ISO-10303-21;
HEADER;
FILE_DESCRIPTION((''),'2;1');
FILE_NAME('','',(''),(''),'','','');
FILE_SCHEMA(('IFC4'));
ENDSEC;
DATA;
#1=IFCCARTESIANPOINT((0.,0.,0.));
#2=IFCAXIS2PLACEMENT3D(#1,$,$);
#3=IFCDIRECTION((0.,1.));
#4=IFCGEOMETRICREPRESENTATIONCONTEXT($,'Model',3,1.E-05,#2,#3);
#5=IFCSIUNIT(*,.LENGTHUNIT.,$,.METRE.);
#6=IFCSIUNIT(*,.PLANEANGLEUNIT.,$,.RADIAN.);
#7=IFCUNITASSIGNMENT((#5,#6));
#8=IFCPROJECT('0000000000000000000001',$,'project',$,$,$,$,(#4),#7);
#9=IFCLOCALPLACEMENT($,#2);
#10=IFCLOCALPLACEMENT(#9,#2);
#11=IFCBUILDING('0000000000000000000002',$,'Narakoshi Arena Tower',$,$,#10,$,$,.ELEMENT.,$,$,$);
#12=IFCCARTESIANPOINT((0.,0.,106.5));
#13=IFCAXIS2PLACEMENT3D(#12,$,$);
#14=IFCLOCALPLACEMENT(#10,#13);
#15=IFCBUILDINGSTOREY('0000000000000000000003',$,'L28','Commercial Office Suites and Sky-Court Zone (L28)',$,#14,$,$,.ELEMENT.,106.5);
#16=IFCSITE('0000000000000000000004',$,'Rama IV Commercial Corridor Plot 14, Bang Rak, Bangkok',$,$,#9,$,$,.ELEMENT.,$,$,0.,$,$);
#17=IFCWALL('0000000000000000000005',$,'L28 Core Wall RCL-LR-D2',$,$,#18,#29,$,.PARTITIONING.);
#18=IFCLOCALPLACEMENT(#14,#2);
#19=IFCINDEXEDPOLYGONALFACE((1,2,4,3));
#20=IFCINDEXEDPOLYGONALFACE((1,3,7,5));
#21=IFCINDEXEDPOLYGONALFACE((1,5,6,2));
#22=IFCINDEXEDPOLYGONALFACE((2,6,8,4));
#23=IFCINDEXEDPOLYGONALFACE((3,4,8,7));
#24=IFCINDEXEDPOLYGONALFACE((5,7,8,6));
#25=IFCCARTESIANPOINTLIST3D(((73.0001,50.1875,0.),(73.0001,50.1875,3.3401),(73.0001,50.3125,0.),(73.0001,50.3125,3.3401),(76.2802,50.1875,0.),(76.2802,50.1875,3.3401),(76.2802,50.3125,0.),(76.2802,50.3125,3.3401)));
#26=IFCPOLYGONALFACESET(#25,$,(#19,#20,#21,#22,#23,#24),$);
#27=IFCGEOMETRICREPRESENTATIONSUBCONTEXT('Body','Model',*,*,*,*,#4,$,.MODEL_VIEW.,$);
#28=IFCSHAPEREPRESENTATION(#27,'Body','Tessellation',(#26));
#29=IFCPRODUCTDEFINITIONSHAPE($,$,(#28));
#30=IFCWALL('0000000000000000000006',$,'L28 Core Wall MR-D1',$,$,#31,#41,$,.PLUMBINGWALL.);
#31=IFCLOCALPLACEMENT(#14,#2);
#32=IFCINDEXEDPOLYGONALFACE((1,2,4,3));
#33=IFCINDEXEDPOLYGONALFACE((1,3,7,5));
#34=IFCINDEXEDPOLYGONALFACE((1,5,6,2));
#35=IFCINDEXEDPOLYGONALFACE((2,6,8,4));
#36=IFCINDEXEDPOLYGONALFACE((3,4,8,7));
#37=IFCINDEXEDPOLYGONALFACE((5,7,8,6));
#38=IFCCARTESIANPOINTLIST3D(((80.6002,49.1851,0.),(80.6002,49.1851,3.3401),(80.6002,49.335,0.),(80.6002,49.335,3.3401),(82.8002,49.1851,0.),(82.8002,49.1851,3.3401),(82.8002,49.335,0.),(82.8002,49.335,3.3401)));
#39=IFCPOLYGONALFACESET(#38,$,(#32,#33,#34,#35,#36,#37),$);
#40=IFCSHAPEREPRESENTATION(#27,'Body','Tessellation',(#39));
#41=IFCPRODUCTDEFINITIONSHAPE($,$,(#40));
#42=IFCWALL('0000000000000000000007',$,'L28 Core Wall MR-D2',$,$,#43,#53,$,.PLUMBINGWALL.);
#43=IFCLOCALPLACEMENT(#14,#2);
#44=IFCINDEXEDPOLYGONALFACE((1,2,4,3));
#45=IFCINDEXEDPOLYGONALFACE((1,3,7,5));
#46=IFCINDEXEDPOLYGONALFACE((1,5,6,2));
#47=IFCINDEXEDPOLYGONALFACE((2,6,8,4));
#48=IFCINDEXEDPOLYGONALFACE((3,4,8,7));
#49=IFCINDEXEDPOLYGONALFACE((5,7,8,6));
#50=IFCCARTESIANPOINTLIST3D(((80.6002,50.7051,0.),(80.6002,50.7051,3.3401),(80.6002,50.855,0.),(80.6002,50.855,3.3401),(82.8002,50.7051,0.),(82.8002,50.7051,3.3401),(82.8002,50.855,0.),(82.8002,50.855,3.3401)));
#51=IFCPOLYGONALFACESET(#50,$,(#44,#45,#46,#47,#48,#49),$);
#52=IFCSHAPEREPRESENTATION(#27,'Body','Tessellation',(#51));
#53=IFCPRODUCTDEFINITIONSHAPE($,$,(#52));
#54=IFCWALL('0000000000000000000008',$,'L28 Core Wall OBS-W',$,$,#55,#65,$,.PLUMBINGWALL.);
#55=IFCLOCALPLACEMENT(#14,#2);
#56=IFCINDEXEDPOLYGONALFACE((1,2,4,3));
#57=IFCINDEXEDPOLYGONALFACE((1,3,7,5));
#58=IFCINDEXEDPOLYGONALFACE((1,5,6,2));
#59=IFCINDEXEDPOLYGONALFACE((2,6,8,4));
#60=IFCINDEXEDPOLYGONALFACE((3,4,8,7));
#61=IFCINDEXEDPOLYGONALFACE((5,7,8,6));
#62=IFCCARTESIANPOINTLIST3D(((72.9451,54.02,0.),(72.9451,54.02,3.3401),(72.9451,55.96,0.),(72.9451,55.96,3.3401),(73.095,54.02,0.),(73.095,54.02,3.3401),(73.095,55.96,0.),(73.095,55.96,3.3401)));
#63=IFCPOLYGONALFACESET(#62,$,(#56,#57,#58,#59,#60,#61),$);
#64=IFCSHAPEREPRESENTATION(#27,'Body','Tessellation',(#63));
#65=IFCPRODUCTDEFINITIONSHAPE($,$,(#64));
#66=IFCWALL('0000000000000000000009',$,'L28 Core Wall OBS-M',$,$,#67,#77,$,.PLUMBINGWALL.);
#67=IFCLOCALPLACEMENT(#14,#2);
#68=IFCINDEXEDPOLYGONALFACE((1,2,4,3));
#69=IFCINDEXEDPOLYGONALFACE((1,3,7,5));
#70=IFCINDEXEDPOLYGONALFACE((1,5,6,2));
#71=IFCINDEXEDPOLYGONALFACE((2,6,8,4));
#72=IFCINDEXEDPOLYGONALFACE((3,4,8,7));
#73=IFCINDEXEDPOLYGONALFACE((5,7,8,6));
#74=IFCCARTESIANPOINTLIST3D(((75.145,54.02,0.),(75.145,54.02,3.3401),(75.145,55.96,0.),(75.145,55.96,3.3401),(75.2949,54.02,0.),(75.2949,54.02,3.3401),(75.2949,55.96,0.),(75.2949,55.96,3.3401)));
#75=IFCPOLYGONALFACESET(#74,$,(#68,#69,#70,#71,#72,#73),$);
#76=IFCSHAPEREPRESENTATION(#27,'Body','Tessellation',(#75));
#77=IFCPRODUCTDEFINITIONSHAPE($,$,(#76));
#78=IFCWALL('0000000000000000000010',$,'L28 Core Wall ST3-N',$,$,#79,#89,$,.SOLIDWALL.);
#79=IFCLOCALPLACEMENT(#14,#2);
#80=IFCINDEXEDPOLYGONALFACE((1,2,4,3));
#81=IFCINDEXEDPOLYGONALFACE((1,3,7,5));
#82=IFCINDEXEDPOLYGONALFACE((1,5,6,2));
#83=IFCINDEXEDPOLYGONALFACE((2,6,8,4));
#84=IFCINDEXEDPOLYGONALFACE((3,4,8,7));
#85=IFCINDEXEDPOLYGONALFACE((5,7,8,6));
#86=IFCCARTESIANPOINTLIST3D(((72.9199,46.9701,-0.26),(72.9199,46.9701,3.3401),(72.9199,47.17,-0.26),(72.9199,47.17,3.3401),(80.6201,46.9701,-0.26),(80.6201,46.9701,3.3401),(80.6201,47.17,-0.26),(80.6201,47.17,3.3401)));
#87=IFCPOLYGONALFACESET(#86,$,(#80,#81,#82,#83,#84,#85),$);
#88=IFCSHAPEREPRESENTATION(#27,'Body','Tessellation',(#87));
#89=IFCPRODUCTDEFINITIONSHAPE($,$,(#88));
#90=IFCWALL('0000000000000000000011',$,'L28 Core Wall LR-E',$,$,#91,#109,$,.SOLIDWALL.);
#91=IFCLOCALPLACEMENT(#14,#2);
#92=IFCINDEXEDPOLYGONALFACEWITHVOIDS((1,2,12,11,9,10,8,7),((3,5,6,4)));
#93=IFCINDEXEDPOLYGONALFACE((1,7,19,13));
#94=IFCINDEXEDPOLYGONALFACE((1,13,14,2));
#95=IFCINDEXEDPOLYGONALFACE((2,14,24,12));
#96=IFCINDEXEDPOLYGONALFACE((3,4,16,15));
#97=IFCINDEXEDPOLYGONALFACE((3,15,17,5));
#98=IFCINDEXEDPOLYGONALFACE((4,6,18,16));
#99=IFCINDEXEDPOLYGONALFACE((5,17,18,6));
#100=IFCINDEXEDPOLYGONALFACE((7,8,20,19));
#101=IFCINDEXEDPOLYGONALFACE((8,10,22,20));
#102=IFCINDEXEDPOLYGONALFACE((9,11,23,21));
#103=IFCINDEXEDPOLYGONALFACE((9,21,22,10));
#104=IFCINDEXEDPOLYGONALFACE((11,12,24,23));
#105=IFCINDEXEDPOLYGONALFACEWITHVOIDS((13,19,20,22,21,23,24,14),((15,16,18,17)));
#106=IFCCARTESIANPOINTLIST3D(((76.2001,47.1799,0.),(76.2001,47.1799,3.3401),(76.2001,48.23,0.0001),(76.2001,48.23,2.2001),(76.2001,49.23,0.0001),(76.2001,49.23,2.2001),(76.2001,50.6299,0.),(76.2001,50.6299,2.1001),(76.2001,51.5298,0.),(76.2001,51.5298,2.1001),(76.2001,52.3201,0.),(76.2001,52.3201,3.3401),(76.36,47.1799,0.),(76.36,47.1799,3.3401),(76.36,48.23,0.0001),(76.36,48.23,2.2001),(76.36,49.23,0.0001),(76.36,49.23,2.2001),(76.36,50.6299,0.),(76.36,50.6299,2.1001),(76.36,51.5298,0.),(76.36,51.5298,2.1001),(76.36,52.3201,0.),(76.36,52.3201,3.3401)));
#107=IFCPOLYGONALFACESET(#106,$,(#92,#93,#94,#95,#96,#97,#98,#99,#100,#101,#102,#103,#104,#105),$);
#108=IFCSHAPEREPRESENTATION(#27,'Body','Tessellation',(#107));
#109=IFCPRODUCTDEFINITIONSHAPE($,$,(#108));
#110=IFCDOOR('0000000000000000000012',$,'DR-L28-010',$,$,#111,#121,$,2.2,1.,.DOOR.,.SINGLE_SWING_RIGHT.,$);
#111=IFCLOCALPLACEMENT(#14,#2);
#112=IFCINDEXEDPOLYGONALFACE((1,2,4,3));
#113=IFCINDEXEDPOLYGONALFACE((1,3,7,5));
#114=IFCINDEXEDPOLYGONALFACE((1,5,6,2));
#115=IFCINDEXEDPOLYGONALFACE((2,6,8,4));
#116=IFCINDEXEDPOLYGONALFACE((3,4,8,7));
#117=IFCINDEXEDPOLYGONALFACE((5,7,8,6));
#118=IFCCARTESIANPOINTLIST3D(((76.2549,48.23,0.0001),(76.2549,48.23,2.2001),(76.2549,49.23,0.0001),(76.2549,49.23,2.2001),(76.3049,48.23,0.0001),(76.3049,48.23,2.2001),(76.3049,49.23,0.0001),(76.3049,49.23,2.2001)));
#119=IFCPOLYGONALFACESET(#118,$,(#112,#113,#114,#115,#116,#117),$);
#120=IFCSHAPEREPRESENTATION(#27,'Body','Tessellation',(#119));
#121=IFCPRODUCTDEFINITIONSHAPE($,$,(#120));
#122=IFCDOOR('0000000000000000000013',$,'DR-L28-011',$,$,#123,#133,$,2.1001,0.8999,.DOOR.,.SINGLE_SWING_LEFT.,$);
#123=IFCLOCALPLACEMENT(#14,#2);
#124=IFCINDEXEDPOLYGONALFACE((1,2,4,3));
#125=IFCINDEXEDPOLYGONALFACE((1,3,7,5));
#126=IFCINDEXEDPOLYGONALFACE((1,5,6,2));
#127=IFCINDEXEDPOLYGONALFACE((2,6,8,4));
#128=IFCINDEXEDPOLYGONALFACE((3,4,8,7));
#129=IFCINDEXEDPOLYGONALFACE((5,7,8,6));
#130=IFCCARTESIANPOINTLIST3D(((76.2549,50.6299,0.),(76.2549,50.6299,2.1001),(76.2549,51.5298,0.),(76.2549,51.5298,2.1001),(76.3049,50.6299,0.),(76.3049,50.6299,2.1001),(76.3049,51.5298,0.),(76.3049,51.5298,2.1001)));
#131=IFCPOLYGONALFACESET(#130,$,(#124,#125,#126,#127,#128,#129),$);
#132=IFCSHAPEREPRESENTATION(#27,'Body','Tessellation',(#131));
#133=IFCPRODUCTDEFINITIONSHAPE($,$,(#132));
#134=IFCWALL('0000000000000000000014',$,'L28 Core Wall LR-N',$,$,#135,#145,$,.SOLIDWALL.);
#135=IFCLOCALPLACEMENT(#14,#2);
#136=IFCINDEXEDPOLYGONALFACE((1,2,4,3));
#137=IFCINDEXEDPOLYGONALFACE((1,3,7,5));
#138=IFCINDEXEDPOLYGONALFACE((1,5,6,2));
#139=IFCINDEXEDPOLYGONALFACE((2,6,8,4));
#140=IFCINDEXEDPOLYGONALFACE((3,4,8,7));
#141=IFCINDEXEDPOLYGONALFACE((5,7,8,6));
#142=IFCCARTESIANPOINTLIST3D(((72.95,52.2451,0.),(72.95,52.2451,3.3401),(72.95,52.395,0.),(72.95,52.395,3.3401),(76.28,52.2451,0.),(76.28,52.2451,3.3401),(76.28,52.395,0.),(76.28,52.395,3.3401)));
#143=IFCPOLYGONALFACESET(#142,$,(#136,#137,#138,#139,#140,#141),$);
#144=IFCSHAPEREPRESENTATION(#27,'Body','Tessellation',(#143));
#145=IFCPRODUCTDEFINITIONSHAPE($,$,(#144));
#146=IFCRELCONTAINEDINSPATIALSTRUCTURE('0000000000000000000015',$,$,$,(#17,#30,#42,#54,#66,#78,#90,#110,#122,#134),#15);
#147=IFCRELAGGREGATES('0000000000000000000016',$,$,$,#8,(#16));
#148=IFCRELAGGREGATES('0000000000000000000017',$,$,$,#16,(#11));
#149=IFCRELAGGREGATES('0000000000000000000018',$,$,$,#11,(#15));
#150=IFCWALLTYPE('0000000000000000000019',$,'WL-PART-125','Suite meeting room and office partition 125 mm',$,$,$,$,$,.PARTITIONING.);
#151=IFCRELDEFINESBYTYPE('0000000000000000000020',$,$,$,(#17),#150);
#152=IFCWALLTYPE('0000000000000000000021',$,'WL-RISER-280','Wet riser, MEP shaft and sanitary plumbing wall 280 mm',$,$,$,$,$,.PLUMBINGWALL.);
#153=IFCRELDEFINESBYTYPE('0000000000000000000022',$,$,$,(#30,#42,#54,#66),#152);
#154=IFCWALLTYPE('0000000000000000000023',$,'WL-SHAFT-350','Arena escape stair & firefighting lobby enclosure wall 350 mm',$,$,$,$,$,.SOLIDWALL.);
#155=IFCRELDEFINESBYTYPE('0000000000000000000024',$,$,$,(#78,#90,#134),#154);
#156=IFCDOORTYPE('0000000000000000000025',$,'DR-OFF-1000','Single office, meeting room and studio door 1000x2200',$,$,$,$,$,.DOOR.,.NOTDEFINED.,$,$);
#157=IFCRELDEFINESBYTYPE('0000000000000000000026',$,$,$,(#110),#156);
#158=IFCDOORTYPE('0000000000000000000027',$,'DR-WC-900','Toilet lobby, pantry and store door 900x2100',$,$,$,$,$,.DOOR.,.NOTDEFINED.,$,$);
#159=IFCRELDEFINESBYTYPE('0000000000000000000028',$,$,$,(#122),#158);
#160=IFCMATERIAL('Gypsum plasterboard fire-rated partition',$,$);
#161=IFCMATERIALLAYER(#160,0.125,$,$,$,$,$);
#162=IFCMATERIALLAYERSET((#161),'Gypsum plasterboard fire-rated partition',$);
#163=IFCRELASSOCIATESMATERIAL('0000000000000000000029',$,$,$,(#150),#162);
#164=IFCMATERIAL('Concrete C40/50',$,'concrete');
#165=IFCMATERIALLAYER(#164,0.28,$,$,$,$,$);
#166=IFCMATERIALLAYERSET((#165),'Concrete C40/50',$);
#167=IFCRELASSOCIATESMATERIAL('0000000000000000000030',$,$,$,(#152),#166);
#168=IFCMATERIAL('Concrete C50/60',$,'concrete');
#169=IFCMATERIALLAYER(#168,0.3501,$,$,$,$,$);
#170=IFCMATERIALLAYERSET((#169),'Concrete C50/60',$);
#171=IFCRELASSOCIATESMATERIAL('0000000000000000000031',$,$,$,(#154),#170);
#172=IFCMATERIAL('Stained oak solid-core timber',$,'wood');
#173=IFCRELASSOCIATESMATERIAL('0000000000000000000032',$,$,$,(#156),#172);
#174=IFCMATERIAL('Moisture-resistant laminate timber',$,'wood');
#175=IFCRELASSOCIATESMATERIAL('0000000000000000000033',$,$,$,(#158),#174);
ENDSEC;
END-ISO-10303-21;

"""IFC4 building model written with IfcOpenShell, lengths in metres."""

from ifc_helpers import new_model, si_unit, direction, frame, frame_2d, origin, place, context, subcontext, project, spatial, rectangle, extrude, material, layer, layer_set, type_object, element, fill, save


model = new_model("IFC4")

# Units and contexts
model_context = context("Model", 3, precision=1e-05, world=origin(), true_north=direction((0.0, 1.0)))
body_context = subcontext(model_context, "Body", "Model", "MODEL_VIEW")
ifc_project = project(units=[si_unit("LENGTHUNIT", "METRE"), si_unit("PLANEANGLEUNIT", "RADIAN")], contexts=[model_context])

# Site, building, storey
site_placement = place(None, origin())
site = spatial("IfcSite", under=ifc_project, at=site_placement, Name="Rama IV Commercial Corridor Plot 14, Bang Rak, Bangkok", CompositionType="ELEMENT", RefElevation=0.0)
building_placement = place(site_placement, origin())
building = spatial("IfcBuilding", under=site, at=building_placement, Name="Narakoshi Arena Tower", CompositionType="ELEMENT")
storey_placement = place(building_placement, frame((0.0, 0.0, 106.5)))
storey = spatial("IfcBuildingStorey", under=building, at=storey_placement, Name="L28", Description="Commercial Office Suites and Sky-Court Zone (L28)", CompositionType="ELEMENT", Elevation=106.5)

# Walls
ifc_material_1 = material(Name="Gypsum plasterboard fire-rated partition")
ifc_layer_1 = layer(ifc_material_1, 0.125)
ifc_layer_set_1 = layer_set([ifc_layer_1], Name="Gypsum plasterboard fire-rated partition")
wall_type_1 = type_object("IfcWallType", Name="WL-PART-125", Description="Suite meeting room and office partition 125 mm", PredefinedType="PARTITIONING", material=ifc_layer_set_1)
wall_1_placement = place(storey_placement, frame((73.0, 50.25, 0.0), z_axis=(0.0, 0.0, 1.0), x_axis=(1.0, 0.0, 0.0)))
element("IfcWall", 1, at=wall_1_placement, inside=storey, type_object=wall_type_1, Name="L28 Core Wall RCL-LR-D2", PredefinedType="PARTITIONING", context=body_context, shape_type="SweptSolid", body=[
    extrude(rectangle(XDim=3.28, YDim=0.125, at=frame_2d((1.6401, 0.0))), origin(), (0.0, 0.0, 1.0), 3.3401),
])
ifc_material_2 = material(Name="Concrete C40/50", Category="concrete")
ifc_layer_2 = layer(ifc_material_2, 0.28)
ifc_layer_set_2 = layer_set([ifc_layer_2], Name="Concrete C40/50")
wall_type_2 = type_object("IfcWallType", Name="WL-RISER-280", Description="Wet riser, MEP shaft and sanitary plumbing wall 280 mm", PredefinedType="PLUMBINGWALL", material=ifc_layer_set_2)
for number, where, z_axis, x_axis, name in (
    (2, (80.6001, 49.26, 0.0), (0.0, 0.0, 1.0), (1.0, 0.0, 0.0), "L28 Core Wall MR-D1"),
    (3, (80.6001, 50.78, 0.0), (0.0, 0.0, 1.0), (1.0, 0.0, 0.0), "L28 Core Wall MR-D2"),
):
    element("IfcWall", number, at=place(storey_placement, frame(where, z_axis=z_axis, x_axis=x_axis)), inside=storey, type_object=wall_type_2, Name=name, PredefinedType="PLUMBINGWALL", context=body_context, shape_type="SweptSolid", body=[
        extrude(rectangle(XDim=2.2, YDim=0.1499, at=frame_2d((1.1001, 0.0))), origin(), (0.0, 0.0, 1.0), 3.3401),
    ])
for number, where, z_axis, x_axis, name in (
    (4, (73.02, 54.02, 0.0), (0.0, 0.0, 1.0), (0.0, 1.0, 0.0), "L28 Core Wall OBS-W"),
    (5, (75.22, 54.02, 0.0), (0.0, 0.0, 1.0), (0.0, 1.0, 0.0), "L28 Core Wall OBS-M"),
):
    element("IfcWall", number, at=place(storey_placement, frame(where, z_axis=z_axis, x_axis=x_axis)), inside=storey, type_object=wall_type_2, Name=name, PredefinedType="PLUMBINGWALL", context=body_context, shape_type="SweptSolid", body=[
        extrude(rectangle(XDim=1.9399, YDim=0.1499, at=frame_2d((0.97, 0.0))), origin(), (0.0, 0.0, 1.0), 3.3401),
    ])
ifc_material_3 = material(Name="Concrete C50/60", Category="concrete")
ifc_layer_3 = layer(ifc_material_3, 0.3501)
ifc_layer_set_3 = layer_set([ifc_layer_3], Name="Concrete C50/60")
wall_type_3 = type_object("IfcWallType", Name="WL-SHAFT-350", Description="Arena escape stair & firefighting lobby enclosure wall 350 mm", PredefinedType="SOLIDWALL", material=ifc_layer_set_3)
wall_2_placement = place(storey_placement, frame((72.9199, 47.0701, -0.26), z_axis=(0.0, 0.0, 1.0), x_axis=(1.0, 0.0, 0.0)))
element("IfcWall", 6, at=wall_2_placement, inside=storey, type_object=wall_type_3, Name="L28 Core Wall ST3-N", PredefinedType="SOLIDWALL", context=body_context, shape_type="SweptSolid", body=[
    extrude(rectangle(XDim=7.7002, YDim=0.2, at=frame_2d((3.8501, 0.0))), origin(), (0.0, 0.0, 1.0), 3.6001),
])

# Wall, openings, doors
wall_3_placement = place(storey_placement, frame((76.28, 47.1799, 0.0), z_axis=(0.0, 0.0, 1.0), x_axis=(0.0, 1.0, 0.0)))
wall_3 = element("IfcWall", 7, at=wall_3_placement, inside=storey, type_object=wall_type_3, Name="L28 Core Wall LR-E", PredefinedType="SOLIDWALL", context=body_context, shape_type="SweptSolid", body=[
    extrude(rectangle(XDim=5.1401, YDim=0.1599, at=frame_2d((2.5701, 0.0))), origin(), (0.0, 0.0, 1.0), 3.3401),
])
opening_1_placement = place(wall_3_placement, frame((1.05, 0.0, 0.0)))
opening_1 = element("IfcOpeningElement", 8, at=opening_1_placement, cuts=wall_3, PredefinedType="OPENING", context=body_context, shape_type="SweptSolid", body=[
    extrude(rectangle(XDim=1.0, YDim=2.2, at=frame_2d((0.5, 1.1001))), frame((0.0, 0.0898, 0.0), z_axis=(0.0, -1.0, 0.0), x_axis=(1.0, 0.0, 0.0)), (0.0, 0.0, 1.0), 0.1799),
])
opening_2_placement = place(wall_3_placement, frame((3.45, 0.0, 0.0)))
opening_2 = element("IfcOpeningElement", 9, at=opening_2_placement, cuts=wall_3, PredefinedType="OPENING", context=body_context, shape_type="SweptSolid", body=[
    extrude(rectangle(XDim=0.8999, YDim=2.1001, at=frame_2d((0.45, 1.05))), frame((0.0, 0.0898, 0.0), z_axis=(0.0, -1.0, 0.0), x_axis=(1.0, 0.0, 0.0)), (0.0, 0.0, 1.0), 0.1799),
])
ifc_material_4 = material(Name="Stained oak solid-core timber", Category="wood")
door_type_1 = type_object("IfcDoorType", Name="DR-OFF-1000", Description="Single office, meeting room and studio door 1000x2200", OperationType="NOTDEFINED", PredefinedType="DOOR", material=ifc_material_4)
door_1_placement = place(opening_1_placement, frame((1.0, 0.0, 0.0), z_axis=(0.0, 0.0, 1.0), x_axis=(-1.0, 0.0, 0.0)))
door_1 = element("IfcDoor", 10, at=door_1_placement, inside=storey, type_object=door_type_1, Name="DR-L28-010", OperationType="SINGLE_SWING_RIGHT", OverallHeight=2.2, OverallWidth=1.0, PredefinedType="DOOR", context=body_context, shape_type="SweptSolid", body=[
    extrude(rectangle(XDim=1.0, YDim=2.2, at=frame_2d((0.5, 1.1001))), frame((0.0, 0.0249, 0.0), z_axis=(0.0, -1.0, 0.0), x_axis=(1.0, 0.0, 0.0)), (0.0, 0.0, 1.0), 0.05),
])
fill(opening_1, door_1)
ifc_material_5 = material(Name="Moisture-resistant laminate timber", Category="wood")
door_type_2 = type_object("IfcDoorType", Name="DR-WC-900", Description="Toilet lobby, pantry and store door 900x2100", OperationType="NOTDEFINED", PredefinedType="DOOR", material=ifc_material_5)
door_2_placement = place(opening_2_placement, frame((0.8999, 0.0, 0.0), z_axis=(0.0, 0.0, 1.0), x_axis=(-1.0, 0.0, 0.0)))
door_2 = element("IfcDoor", 11, at=door_2_placement, inside=storey, type_object=door_type_2, Name="DR-L28-011", OperationType="SINGLE_SWING_LEFT", OverallHeight=2.1001, OverallWidth=0.8999, PredefinedType="DOOR", context=body_context, shape_type="SweptSolid", body=[
    extrude(rectangle(XDim=0.8999, YDim=2.1001, at=frame_2d((0.45, 1.05))), frame((0.0, 0.0249, 0.0), z_axis=(0.0, -1.0, 0.0), x_axis=(1.0, 0.0, 0.0)), (0.0, 0.0, 1.0), 0.05),
])
fill(opening_2, door_2)

# Wall
wall_4_placement = place(storey_placement, frame((72.95, 52.3201, 0.0), z_axis=(0.0, 0.0, 1.0), x_axis=(1.0, 0.0, 0.0)))
element("IfcWall", 12, at=wall_4_placement, inside=storey, type_object=wall_type_3, Name="L28 Core Wall LR-N", PredefinedType="SOLIDWALL", context=body_context, shape_type="SweptSolid", body=[
    extrude(rectangle(XDim=3.3301, YDim=0.1499, at=frame_2d((1.665, 0.0))), origin(), (0.0, 0.0, 1.0), 3.3401),
])

save(model, "model.ifc")
